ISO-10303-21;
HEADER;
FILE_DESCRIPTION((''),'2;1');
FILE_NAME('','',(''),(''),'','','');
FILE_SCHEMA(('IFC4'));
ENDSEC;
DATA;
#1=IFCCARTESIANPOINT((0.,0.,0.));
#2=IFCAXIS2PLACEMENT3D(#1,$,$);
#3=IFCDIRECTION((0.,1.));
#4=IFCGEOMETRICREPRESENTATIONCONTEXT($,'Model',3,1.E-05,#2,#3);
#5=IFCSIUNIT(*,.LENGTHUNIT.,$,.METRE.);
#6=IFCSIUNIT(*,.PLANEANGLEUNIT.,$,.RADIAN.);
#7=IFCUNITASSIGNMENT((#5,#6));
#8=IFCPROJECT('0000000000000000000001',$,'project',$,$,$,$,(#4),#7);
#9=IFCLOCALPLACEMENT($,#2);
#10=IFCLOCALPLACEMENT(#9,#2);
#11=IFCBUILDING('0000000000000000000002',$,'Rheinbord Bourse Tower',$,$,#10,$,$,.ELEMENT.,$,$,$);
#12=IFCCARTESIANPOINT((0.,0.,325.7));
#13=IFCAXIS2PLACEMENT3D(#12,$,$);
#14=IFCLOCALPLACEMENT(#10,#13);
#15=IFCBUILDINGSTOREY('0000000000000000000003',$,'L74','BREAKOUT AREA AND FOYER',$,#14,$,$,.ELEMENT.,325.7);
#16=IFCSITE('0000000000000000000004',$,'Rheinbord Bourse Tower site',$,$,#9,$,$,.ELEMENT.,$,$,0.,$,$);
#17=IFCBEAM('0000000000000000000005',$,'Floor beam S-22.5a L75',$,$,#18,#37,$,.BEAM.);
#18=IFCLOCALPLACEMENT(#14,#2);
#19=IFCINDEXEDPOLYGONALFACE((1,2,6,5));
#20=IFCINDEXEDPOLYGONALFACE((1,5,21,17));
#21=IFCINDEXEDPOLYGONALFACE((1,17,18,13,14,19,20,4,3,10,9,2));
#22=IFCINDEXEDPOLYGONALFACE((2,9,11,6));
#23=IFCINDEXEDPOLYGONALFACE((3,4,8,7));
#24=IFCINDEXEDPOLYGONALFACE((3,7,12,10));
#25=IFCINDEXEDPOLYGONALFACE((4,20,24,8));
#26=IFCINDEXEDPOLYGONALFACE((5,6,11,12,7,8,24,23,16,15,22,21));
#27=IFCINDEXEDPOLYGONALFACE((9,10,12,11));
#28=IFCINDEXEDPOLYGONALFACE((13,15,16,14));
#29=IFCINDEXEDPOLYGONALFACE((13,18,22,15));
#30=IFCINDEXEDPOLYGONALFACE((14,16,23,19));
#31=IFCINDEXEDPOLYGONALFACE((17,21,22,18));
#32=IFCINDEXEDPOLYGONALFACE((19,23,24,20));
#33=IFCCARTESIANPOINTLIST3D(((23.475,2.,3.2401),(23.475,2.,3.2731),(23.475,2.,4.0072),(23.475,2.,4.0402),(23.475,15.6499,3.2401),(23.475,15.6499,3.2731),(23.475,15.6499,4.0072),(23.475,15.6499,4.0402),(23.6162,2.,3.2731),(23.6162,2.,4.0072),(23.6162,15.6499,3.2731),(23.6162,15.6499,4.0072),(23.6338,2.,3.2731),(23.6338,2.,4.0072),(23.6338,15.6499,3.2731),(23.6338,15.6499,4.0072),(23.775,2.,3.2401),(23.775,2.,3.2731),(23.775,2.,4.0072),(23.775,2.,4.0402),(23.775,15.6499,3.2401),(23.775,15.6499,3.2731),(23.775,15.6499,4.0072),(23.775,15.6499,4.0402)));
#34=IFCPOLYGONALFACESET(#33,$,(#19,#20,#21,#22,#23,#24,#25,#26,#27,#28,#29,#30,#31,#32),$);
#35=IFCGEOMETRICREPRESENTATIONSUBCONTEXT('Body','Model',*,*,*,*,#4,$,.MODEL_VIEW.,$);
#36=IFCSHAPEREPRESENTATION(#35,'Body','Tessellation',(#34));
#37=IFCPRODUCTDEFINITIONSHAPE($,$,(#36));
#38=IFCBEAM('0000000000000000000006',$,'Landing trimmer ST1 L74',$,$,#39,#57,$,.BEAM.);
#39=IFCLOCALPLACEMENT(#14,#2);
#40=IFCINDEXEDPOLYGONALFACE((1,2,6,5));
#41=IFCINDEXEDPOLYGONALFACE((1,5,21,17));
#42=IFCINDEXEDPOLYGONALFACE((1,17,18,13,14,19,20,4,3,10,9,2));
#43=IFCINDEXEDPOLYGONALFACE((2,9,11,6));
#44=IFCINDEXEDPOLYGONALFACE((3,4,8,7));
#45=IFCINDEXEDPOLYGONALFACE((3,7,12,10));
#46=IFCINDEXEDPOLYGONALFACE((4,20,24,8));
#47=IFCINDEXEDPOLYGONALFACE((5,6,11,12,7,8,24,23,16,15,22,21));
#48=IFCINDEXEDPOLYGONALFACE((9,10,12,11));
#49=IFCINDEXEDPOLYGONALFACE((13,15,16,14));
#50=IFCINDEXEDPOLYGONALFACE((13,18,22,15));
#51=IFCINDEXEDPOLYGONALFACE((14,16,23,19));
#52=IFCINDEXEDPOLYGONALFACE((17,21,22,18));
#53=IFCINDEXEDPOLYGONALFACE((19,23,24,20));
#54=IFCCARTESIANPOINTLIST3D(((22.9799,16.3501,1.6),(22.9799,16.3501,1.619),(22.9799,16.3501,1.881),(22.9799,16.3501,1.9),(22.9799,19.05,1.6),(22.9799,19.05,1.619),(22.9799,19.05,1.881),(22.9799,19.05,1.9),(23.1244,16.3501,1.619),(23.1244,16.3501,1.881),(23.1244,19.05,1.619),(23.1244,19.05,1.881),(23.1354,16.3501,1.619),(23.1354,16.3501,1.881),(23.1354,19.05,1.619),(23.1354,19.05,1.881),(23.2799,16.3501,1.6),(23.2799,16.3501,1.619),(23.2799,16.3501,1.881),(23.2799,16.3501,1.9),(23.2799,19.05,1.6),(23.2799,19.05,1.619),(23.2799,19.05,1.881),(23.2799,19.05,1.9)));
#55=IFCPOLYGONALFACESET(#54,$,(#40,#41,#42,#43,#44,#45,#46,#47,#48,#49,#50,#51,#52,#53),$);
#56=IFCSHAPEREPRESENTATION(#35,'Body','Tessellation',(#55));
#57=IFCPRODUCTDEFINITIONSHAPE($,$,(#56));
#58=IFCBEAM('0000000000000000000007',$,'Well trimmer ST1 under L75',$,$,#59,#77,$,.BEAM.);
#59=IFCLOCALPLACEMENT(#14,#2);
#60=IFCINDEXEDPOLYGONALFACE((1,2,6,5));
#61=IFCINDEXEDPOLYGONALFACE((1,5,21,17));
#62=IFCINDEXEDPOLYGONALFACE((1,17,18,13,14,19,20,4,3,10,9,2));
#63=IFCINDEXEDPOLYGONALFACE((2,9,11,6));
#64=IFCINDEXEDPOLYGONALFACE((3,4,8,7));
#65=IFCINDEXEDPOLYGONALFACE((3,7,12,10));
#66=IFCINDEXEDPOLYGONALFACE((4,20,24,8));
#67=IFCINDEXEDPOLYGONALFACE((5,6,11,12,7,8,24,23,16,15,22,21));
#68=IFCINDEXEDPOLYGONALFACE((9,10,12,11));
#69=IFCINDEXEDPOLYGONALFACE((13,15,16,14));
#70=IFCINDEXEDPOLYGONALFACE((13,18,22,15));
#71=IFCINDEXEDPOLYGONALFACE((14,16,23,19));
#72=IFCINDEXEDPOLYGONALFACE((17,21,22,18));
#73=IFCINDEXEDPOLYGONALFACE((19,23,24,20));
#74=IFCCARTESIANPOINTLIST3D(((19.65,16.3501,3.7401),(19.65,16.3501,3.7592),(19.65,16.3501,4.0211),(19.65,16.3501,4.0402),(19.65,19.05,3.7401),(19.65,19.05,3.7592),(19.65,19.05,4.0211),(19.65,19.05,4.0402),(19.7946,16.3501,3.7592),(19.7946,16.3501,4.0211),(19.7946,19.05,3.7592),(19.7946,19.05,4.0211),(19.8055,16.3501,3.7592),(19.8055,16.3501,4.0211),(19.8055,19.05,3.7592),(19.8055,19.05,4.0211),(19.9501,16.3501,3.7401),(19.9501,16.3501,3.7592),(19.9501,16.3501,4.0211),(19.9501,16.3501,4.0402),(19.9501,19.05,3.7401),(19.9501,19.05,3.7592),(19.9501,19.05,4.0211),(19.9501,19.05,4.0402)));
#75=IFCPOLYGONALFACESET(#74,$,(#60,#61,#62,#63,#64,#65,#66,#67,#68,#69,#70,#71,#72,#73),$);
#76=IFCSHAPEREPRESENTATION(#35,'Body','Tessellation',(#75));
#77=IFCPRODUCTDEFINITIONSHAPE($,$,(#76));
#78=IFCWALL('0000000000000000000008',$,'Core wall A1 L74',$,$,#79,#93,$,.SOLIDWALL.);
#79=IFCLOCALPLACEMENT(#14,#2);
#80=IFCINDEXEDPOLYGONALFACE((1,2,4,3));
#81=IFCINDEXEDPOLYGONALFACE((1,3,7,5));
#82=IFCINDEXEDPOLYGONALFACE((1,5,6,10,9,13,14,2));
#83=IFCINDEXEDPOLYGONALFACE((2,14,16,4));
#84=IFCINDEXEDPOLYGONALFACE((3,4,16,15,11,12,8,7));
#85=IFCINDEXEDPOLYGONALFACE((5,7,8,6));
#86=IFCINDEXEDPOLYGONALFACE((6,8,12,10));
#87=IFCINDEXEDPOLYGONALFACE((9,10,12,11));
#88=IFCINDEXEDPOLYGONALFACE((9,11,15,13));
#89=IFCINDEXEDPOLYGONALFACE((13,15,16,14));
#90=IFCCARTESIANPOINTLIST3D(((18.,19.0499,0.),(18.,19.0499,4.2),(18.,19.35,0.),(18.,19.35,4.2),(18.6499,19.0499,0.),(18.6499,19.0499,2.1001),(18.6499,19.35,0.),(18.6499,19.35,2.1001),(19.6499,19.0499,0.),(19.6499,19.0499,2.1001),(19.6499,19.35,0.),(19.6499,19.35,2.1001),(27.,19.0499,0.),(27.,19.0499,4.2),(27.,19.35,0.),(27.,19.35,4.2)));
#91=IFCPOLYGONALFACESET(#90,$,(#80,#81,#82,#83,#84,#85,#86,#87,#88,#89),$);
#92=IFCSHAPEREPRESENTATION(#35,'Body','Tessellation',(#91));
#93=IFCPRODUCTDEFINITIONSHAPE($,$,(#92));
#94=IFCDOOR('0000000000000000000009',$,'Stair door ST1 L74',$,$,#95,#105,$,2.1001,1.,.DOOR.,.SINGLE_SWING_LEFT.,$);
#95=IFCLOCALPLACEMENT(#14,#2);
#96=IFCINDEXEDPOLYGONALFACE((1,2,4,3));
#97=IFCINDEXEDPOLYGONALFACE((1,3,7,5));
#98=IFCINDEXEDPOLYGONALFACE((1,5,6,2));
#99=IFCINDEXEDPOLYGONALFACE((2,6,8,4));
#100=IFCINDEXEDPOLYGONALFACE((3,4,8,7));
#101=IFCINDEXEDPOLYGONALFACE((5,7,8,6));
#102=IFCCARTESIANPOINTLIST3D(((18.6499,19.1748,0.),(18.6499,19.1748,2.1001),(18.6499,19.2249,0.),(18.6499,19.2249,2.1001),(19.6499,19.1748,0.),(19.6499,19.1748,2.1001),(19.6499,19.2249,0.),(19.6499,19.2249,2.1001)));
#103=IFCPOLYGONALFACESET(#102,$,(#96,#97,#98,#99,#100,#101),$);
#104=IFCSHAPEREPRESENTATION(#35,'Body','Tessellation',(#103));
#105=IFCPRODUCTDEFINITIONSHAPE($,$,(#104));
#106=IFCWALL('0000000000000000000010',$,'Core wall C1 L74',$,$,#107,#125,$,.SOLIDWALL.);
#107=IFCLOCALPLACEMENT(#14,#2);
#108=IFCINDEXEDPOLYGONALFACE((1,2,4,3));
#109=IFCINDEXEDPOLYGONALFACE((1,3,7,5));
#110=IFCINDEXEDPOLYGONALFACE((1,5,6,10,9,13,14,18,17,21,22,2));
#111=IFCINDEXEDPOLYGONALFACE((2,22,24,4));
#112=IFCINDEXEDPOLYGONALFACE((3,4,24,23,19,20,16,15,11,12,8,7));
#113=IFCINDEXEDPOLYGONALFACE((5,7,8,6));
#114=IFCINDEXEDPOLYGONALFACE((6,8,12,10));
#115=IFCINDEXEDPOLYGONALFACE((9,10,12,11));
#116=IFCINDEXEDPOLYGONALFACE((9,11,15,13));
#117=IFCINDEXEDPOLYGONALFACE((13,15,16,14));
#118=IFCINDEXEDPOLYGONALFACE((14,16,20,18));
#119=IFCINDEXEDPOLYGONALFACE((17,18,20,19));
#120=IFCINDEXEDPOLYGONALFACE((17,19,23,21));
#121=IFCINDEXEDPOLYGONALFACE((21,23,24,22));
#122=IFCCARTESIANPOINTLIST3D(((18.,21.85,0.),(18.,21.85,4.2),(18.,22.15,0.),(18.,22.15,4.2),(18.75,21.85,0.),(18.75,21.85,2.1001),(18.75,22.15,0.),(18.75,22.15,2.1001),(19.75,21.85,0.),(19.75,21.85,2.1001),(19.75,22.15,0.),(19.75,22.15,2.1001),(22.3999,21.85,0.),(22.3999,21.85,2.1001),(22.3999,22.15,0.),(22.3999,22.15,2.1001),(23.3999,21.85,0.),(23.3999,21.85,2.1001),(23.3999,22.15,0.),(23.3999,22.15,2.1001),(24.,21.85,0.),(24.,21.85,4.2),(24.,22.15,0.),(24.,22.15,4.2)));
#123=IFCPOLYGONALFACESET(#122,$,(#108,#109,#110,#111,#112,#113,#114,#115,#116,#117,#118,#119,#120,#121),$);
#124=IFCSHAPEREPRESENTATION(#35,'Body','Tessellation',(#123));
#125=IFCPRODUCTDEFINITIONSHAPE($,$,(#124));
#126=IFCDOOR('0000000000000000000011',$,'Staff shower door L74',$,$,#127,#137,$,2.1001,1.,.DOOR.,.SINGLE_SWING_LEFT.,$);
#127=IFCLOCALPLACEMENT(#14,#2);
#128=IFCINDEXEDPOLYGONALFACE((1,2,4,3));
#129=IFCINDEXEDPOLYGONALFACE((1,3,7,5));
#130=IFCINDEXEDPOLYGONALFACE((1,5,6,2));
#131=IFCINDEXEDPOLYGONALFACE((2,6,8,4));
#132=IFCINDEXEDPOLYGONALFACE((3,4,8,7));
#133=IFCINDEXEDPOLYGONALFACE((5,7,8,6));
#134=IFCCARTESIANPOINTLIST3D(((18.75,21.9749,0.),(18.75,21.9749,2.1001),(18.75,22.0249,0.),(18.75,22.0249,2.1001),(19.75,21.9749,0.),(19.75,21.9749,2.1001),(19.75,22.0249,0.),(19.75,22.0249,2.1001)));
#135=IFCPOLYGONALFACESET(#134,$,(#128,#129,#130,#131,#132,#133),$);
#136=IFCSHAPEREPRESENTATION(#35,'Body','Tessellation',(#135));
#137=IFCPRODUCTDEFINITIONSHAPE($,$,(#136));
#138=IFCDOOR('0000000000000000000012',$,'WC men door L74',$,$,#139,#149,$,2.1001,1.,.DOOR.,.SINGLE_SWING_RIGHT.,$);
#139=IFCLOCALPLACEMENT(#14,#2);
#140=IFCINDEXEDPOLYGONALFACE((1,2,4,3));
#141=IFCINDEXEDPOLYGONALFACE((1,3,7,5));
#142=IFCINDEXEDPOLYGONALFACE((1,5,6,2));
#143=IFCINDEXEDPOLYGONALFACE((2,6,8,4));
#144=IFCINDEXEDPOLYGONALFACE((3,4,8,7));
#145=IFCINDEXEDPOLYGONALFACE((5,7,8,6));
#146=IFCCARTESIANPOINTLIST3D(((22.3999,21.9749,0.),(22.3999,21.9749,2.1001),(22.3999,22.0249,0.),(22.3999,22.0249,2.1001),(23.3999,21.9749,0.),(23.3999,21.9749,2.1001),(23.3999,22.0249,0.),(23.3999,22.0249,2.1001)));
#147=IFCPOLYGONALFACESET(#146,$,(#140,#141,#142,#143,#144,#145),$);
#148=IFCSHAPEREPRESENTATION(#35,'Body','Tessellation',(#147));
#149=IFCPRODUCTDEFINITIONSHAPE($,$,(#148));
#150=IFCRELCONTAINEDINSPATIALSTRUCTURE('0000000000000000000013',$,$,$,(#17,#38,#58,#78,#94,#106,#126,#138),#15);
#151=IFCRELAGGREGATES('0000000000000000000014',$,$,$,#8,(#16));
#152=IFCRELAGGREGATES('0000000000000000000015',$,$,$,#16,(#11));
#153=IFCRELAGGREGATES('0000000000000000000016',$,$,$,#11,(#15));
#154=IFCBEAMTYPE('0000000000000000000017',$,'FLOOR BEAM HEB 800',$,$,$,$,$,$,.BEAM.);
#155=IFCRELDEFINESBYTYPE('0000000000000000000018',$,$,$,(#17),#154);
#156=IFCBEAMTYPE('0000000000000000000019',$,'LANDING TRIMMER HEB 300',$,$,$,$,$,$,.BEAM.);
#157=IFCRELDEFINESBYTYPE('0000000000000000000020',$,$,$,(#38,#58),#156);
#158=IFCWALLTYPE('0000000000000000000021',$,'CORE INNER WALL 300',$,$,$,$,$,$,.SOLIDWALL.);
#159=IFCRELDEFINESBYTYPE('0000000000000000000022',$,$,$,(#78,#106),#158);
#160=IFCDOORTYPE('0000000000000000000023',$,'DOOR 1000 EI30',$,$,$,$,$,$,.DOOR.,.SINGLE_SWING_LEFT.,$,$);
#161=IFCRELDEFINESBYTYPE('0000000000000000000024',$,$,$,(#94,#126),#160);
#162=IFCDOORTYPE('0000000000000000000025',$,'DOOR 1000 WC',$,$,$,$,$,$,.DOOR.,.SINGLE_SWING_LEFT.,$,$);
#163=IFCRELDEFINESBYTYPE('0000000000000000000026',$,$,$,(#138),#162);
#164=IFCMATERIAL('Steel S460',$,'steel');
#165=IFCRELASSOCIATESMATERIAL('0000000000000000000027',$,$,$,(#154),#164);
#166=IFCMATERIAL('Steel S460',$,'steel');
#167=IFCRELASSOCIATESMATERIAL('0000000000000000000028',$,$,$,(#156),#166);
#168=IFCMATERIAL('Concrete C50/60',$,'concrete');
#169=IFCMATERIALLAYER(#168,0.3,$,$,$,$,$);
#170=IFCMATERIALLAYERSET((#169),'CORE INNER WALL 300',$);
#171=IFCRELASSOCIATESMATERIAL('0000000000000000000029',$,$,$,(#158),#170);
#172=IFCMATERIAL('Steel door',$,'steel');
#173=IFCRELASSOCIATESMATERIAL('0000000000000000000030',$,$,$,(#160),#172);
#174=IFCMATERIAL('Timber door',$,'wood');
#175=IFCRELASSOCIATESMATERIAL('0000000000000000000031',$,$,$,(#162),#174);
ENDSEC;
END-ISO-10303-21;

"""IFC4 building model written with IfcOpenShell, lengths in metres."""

from ifc_helpers import new_model, si_unit, direction, frame, frame_2d, origin, origin_2d, place, context, subcontext, project, spatial, rectangle, i_section, extrude, material, layer, layer_set, material_profile, profile_set, type_object, element, fill, save


model = new_model("IFC4")

# Units and contexts
model_context = context("Model", 3, precision=1e-05, world=origin(), true_north=direction((0.0, 1.0)))
body_context = subcontext(model_context, "Body", "Model", "MODEL_VIEW")
ifc_project = project(units=[si_unit("LENGTHUNIT", "METRE"), si_unit("PLANEANGLEUNIT", "RADIAN")], contexts=[model_context])

# Site, building, storey
site_placement = place(None, origin())
site = spatial("IfcSite", under=ifc_project, at=site_placement, Name="Rheinbord Bourse Tower site", CompositionType="ELEMENT", RefElevation=0.0)
building_placement = place(site_placement, origin())
building = spatial("IfcBuilding", under=site, at=building_placement, Name="Rheinbord Bourse Tower", CompositionType="ELEMENT")
storey_placement = place(building_placement, frame((0.0, 0.0, 325.7)))
storey = spatial("IfcBuildingStorey", under=building, at=storey_placement, Name="L74", Description="BREAKOUT AREA AND FOYER", CompositionType="ELEMENT", Elevation=325.7)

# Beams
ifc_material_1 = material(Name="Steel S460", Category="steel")
ifc_material_profile_1 = material_profile(ifc_material_1, i_section(OverallWidth=0.3, OverallDepth=0.8, WebThickness=0.0176, FlangeThickness=0.033, at=origin_2d()), Name="HEB 800")
ifc_profile_set_1 = profile_set([ifc_material_profile_1], Name="Steel S460")
beam_type_1 = type_object("IfcBeamType", Name="FLOOR BEAM HEB 800", PredefinedType="BEAM", material=ifc_profile_set_1)
beam_placement = place(storey_placement, frame((23.625, 2.0, 3.6401), z_axis=(0.0, 1.0, 0.0), x_axis=(-1.0, 0.0, 0.0)))
element("IfcBeam", 1, at=beam_placement, inside=storey, type_object=beam_type_1, Name="Floor beam S-22.5a L75", PredefinedType="BEAM", context=body_context, shape_type="SweptSolid", body=[
    extrude(i_section(OverallWidth=0.3, OverallDepth=0.8, WebThickness=0.0176, FlangeThickness=0.033, at=origin_2d()), origin(), (0.0, 0.0, 1.0), 13.6499),
])
ifc_material_2 = material(Name="Steel S460", Category="steel")
ifc_material_profile_2 = material_profile(ifc_material_2, i_section(OverallWidth=0.3, OverallDepth=0.3, WebThickness=0.011, FlangeThickness=0.019, at=origin_2d()), Name="HEB 300")
ifc_profile_set_2 = profile_set([ifc_material_profile_2], Name="Steel S460")
beam_type_2 = type_object("IfcBeamType", Name="LANDING TRIMMER HEB 300", PredefinedType="BEAM", material=ifc_profile_set_2)
for number, where, z_axis, x_axis, name in (
    (2, (23.1299, 16.3501, 1.75), (0.0, 1.0, 0.0), (-1.0, 0.0, 0.0), "Landing trimmer ST1 L74"),
    (3, (19.8, 16.3501, 3.8901), (0.0, 1.0, 0.0), (-1.0, 0.0, 0.0), "Well trimmer ST1 under L75"),
):
    element("IfcBeam", number, at=place(storey_placement, frame(where, z_axis=z_axis, x_axis=x_axis)), inside=storey, type_object=beam_type_2, Name=name, PredefinedType="BEAM", context=body_context, shape_type="SweptSolid", body=[
        extrude(i_section(OverallWidth=0.3, OverallDepth=0.3, WebThickness=0.011, FlangeThickness=0.019, at=origin_2d()), origin(), (0.0, 0.0, 1.0), 2.7),
    ])

# Wall, opening, door
ifc_material_3 = material(Name="Concrete C50/60", Category="concrete")
ifc_layer_1 = layer(ifc_material_3, 0.3)
ifc_layer_set_1 = layer_set([ifc_layer_1], Name="CORE INNER WALL 300")
wall_type_1 = type_object("IfcWallType", Name="CORE INNER WALL 300", PredefinedType="SOLIDWALL", material=ifc_layer_set_1)
wall_1_placement = place(storey_placement, frame((18.0, 19.2, 0.0), z_axis=(0.0, 0.0, 1.0), x_axis=(1.0, 0.0, 0.0)))
wall_1 = element("IfcWall", 4, at=wall_1_placement, inside=storey, type_object=wall_type_1, Name="Core wall A1 L74", PredefinedType="SOLIDWALL", context=body_context, shape_type="SweptSolid", body=[
    extrude(rectangle(XDim=9.0, YDim=0.3, at=frame_2d((4.5, 0.0))), origin(), (0.0, 0.0, 1.0), 4.2),
])
opening_1_placement = place(wall_1_placement, frame((0.6499, 0.0, 0.0)))
opening_1 = element("IfcOpeningElement", 5, at=opening_1_placement, cuts=wall_1, PredefinedType="OPENING", context=body_context, shape_type="SweptSolid", body=[
    extrude(rectangle(XDim=1.0, YDim=2.1001, at=frame_2d((0.5, 1.05))), frame((0.0, 0.1599, 0.0), z_axis=(0.0, -1.0, 0.0), x_axis=(1.0, 0.0, 0.0)), (0.0, 0.0, 1.0), 0.3201),
])
ifc_material_4 = material(Name="Steel door", Category="steel")
door_type_1 = type_object("IfcDoorType", Name="DOOR 1000 EI30", OperationType="SINGLE_SWING_LEFT", PredefinedType="DOOR", material=ifc_material_4)
door_1_placement = place(opening_1_placement, origin())
door_1 = element("IfcDoor", 6, at=door_1_placement, inside=storey, type_object=door_type_1, Name="Stair door ST1 L74", OperationType="SINGLE_SWING_LEFT", OverallHeight=2.1001, OverallWidth=1.0, PredefinedType="DOOR", context=body_context, shape_type="SweptSolid", body=[
    extrude(rectangle(XDim=1.0, YDim=2.1001, at=frame_2d((0.5, 1.05))), frame((0.0, 0.0249, 0.0), z_axis=(0.0, -1.0, 0.0), x_axis=(1.0, 0.0, 0.0)), (0.0, 0.0, 1.0), 0.05),
])
fill(opening_1, door_1)

# Wall, openings, doors
wall_2_placement = place(storey_placement, frame((18.0, 22.0, 0.0), z_axis=(0.0, 0.0, 1.0), x_axis=(1.0, 0.0, 0.0)))
wall_2 = element("IfcWall", 7, at=wall_2_placement, inside=storey, type_object=wall_type_1, Name="Core wall C1 L74", PredefinedType="SOLIDWALL", context=body_context, shape_type="SweptSolid", body=[
    extrude(rectangle(XDim=6.0, YDim=0.3, at=frame_2d((3.0, 0.0))), origin(), (0.0, 0.0, 1.0), 4.2),
])
opening_2_placement = place(wall_2_placement, frame((4.3999, 0.0, 0.0)))
opening_2 = element("IfcOpeningElement", 8, at=opening_2_placement, cuts=wall_2, PredefinedType="OPENING", context=body_context, shape_type="SweptSolid", body=[
    extrude(rectangle(XDim=1.0, YDim=2.1001, at=frame_2d((0.5, 1.05))), frame((0.0, 0.1599, 0.0), z_axis=(0.0, -1.0, 0.0), x_axis=(1.0, 0.0, 0.0)), (0.0, 0.0, 1.0), 0.3201),
])
opening_3_placement = place(wall_2_placement, frame((0.75, 0.0, 0.0)))
opening_3 = element("IfcOpeningElement", 9, at=opening_3_placement, cuts=wall_2, PredefinedType="OPENING", context=body_context, shape_type="SweptSolid", body=[
    extrude(rectangle(XDim=1.0, YDim=2.1001, at=frame_2d((0.5, 1.05))), frame((0.0, 0.1599, 0.0), z_axis=(0.0, -1.0, 0.0), x_axis=(1.0, 0.0, 0.0)), (0.0, 0.0, 1.0), 0.3201),
])
door_2_placement = place(opening_3_placement, origin())
door_2 = element("IfcDoor", 10, at=door_2_placement, inside=storey, type_object=door_type_1, Name="Staff shower door L74", OperationType="SINGLE_SWING_LEFT", OverallHeight=2.1001, OverallWidth=1.0, PredefinedType="DOOR", context=body_context, shape_type="SweptSolid", body=[
    extrude(rectangle(XDim=1.0, YDim=2.1001, at=frame_2d((0.5, 1.05))), frame((0.0, 0.0249, 0.0), z_axis=(0.0, -1.0, 0.0), x_axis=(1.0, 0.0, 0.0)), (0.0, 0.0, 1.0), 0.05),
])
fill(opening_3, door_2)
ifc_material_5 = material(Name="Timber door", Category="wood")
door_type_2 = type_object("IfcDoorType", Name="DOOR 1000 WC", OperationType="SINGLE_SWING_LEFT", PredefinedType="DOOR", material=ifc_material_5)
door_3_placement = place(opening_2_placement, origin())
door_3 = element("IfcDoor", 11, at=door_3_placement, inside=storey, type_object=door_type_2, Name="WC men door L74", OperationType="SINGLE_SWING_RIGHT", OverallHeight=2.1001, OverallWidth=1.0, PredefinedType="DOOR", context=body_context, shape_type="SweptSolid", body=[
    extrude(rectangle(XDim=1.0, YDim=2.1001, at=frame_2d((0.5, 1.05))), frame((0.0, 0.0249, 0.0), z_axis=(0.0, -1.0, 0.0), x_axis=(1.0, 0.0, 0.0)), (0.0, 0.0, 1.0), 0.05),
])
fill(opening_2, door_3)

save(model, "model.ifc")
